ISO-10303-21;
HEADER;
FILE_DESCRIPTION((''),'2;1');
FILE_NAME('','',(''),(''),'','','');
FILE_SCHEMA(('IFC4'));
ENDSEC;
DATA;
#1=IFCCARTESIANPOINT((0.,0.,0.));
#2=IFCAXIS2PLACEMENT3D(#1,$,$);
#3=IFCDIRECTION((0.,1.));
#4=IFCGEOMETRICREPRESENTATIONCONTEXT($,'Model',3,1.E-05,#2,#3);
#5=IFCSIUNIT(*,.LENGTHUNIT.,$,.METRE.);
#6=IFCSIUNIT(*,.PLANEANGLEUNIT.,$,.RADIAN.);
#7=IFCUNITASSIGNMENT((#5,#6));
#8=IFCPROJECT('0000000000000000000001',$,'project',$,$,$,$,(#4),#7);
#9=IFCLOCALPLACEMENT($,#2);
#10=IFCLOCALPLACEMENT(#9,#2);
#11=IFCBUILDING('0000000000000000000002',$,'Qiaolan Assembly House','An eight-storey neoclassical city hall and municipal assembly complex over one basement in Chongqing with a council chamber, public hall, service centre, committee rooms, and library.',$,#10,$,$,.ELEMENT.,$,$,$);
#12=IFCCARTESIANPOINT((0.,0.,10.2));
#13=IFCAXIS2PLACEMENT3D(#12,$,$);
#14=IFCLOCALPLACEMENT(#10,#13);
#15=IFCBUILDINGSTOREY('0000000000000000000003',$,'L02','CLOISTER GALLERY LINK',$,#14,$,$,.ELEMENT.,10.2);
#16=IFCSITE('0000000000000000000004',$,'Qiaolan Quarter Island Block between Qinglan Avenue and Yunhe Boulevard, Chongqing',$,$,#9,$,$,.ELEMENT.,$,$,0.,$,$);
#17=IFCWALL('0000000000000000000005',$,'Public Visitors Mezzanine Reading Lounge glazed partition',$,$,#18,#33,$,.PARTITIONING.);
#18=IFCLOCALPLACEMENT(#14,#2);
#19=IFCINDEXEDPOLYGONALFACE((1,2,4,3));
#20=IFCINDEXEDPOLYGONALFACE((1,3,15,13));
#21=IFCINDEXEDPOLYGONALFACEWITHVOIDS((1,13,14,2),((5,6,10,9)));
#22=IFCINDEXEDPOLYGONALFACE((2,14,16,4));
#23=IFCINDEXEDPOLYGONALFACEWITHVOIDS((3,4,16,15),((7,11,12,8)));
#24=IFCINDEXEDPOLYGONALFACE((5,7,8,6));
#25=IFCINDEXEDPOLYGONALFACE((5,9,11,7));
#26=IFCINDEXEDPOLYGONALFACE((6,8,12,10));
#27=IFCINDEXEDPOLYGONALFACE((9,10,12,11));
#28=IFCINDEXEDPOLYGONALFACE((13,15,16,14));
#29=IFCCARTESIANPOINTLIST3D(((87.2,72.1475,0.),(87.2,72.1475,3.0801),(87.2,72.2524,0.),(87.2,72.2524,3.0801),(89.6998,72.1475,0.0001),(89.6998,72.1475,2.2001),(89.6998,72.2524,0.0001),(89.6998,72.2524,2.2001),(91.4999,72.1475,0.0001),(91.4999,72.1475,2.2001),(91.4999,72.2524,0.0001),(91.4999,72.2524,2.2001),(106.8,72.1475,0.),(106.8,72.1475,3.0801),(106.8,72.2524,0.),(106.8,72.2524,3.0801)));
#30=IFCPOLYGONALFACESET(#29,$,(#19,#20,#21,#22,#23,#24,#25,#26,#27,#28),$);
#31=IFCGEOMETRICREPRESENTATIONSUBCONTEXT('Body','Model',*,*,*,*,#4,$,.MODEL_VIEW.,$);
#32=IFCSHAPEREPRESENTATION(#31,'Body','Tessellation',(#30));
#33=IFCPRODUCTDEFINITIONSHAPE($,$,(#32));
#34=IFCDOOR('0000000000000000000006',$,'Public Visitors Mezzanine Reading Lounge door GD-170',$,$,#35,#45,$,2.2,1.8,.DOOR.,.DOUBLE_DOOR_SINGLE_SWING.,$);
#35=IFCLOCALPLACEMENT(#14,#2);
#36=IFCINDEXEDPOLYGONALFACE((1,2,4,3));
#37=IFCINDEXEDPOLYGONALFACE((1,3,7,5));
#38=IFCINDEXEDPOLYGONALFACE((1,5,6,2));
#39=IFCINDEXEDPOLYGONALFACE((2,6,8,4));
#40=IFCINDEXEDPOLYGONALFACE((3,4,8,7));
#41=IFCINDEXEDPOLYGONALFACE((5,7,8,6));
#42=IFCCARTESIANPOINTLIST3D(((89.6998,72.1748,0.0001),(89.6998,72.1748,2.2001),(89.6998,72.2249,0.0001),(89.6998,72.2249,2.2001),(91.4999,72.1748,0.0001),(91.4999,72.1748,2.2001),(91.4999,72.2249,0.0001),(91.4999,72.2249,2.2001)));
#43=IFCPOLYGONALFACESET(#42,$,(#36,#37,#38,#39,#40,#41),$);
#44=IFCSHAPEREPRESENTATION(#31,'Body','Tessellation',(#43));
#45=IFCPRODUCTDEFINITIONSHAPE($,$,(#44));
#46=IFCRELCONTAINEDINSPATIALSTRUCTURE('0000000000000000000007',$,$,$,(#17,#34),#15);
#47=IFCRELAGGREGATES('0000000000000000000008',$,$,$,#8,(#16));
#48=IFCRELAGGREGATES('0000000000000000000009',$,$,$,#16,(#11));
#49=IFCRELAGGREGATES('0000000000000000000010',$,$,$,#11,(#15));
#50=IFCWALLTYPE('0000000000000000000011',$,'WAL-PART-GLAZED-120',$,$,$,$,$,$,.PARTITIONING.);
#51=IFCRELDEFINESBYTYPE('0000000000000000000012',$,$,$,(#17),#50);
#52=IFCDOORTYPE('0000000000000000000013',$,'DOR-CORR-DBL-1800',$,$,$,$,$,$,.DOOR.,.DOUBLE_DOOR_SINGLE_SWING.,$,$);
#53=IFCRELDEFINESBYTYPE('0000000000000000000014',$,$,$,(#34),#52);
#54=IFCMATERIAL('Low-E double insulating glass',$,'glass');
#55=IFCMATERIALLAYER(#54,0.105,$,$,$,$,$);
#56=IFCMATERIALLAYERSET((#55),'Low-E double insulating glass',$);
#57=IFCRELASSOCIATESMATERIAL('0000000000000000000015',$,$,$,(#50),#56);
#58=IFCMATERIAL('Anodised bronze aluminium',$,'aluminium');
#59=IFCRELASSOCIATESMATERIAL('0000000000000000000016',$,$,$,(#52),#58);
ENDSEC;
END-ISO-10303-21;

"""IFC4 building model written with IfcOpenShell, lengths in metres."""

from ifc_helpers import new_model, si_unit, direction, frame, frame_2d, origin, place, context, subcontext, project, spatial, rectangle, extrude, material, layer, layer_set, type_object, element, fill, save


model = new_model("IFC4")

# Units and contexts
model_context = context("Model", 3, precision=1e-05, world=origin(), true_north=direction((0.0, 1.0)))
body_context = subcontext(model_context, "Body", "Model", "MODEL_VIEW")
ifc_project = project(units=[si_unit("LENGTHUNIT", "METRE"), si_unit("PLANEANGLEUNIT", "RADIAN")], contexts=[model_context])

# Site, building, storey
site_placement = place(None, origin())
site = spatial("IfcSite", under=ifc_project, at=site_placement, Name="Qiaolan Quarter Island Block between Qinglan Avenue and Yunhe Boulevard, Chongqing", CompositionType="ELEMENT", RefElevation=0.0)
building_placement = place(site_placement, origin())
building = spatial("IfcBuilding", under=site, at=building_placement, Name="Qiaolan Assembly House", Description="An eight-storey neoclassical city hall and municipal assembly complex over one basement in Chongqing with a council chamber, public hall, service centre, committee rooms, and library.", CompositionType="ELEMENT")
storey_placement = place(building_placement, frame((0.0, 0.0, 10.2)))
storey = spatial("IfcBuildingStorey", under=building, at=storey_placement, Name="L02", Description="CLOISTER GALLERY LINK", CompositionType="ELEMENT", Elevation=10.2)

# Wall, opening, door
ifc_material_1 = material(Name="Low-E double insulating glass", Category="glass")
ifc_layer_1 = layer(ifc_material_1, 0.105)
ifc_layer_set_1 = layer_set([ifc_layer_1], Name="Low-E double insulating glass")
wall_type = type_object("IfcWallType", Name="WAL-PART-GLAZED-120", PredefinedType="PARTITIONING", material=ifc_layer_set_1)
wall_placement = place(storey_placement, frame((87.2, 72.2, 0.0), z_axis=(0.0, 0.0, 1.0), x_axis=(1.0, 0.0, 0.0)))
wall = element("IfcWall", 1, at=wall_placement, inside=storey, type_object=wall_type, Name="Public Visitors Mezzanine Reading Lounge glazed partition", PredefinedType="PARTITIONING", context=body_context, shape_type="SweptSolid", body=[
    extrude(rectangle(XDim=19.6001, YDim=0.105, at=frame_2d((9.8, 0.0))), origin(), (0.0, 0.0, 1.0), 3.0801),
])
opening_placement = place(wall_placement, frame((2.5, 0.0, 0.0)))
opening = element("IfcOpeningElement", 2, at=opening_placement, cuts=wall, PredefinedType="OPENING", context=body_context, shape_type="SweptSolid", body=[
    extrude(rectangle(XDim=1.8, YDim=2.2, at=frame_2d((0.8999, 1.1001))), frame((0.0, 0.0625, 0.0), z_axis=(0.0, -1.0, 0.0), x_axis=(1.0, 0.0, 0.0)), (0.0, 0.0, 1.0), 0.125),
])
ifc_material_2 = material(Name="Anodised bronze aluminium", Category="aluminium")
door_type = type_object("IfcDoorType", Name="DOR-CORR-DBL-1800", OperationType="DOUBLE_DOOR_SINGLE_SWING", PredefinedType="DOOR", material=ifc_material_2)
door_placement = place(opening_placement, origin())
door = element("IfcDoor", 3, at=door_placement, inside=storey, type_object=door_type, Name="Public Visitors Mezzanine Reading Lounge door GD-170", OperationType="DOUBLE_DOOR_SINGLE_SWING", OverallHeight=2.2, OverallWidth=1.8, PredefinedType="DOOR", context=body_context, shape_type="SweptSolid", body=[
    extrude(rectangle(XDim=1.8, YDim=2.2, at=frame_2d((0.8999, 1.1001))), frame((0.0, 0.0249, 0.0), z_axis=(0.0, -1.0, 0.0), x_axis=(1.0, 0.0, 0.0)), (0.0, 0.0, 1.0), 0.05),
])
fill(opening, door)

save(model, "model.ifc")
